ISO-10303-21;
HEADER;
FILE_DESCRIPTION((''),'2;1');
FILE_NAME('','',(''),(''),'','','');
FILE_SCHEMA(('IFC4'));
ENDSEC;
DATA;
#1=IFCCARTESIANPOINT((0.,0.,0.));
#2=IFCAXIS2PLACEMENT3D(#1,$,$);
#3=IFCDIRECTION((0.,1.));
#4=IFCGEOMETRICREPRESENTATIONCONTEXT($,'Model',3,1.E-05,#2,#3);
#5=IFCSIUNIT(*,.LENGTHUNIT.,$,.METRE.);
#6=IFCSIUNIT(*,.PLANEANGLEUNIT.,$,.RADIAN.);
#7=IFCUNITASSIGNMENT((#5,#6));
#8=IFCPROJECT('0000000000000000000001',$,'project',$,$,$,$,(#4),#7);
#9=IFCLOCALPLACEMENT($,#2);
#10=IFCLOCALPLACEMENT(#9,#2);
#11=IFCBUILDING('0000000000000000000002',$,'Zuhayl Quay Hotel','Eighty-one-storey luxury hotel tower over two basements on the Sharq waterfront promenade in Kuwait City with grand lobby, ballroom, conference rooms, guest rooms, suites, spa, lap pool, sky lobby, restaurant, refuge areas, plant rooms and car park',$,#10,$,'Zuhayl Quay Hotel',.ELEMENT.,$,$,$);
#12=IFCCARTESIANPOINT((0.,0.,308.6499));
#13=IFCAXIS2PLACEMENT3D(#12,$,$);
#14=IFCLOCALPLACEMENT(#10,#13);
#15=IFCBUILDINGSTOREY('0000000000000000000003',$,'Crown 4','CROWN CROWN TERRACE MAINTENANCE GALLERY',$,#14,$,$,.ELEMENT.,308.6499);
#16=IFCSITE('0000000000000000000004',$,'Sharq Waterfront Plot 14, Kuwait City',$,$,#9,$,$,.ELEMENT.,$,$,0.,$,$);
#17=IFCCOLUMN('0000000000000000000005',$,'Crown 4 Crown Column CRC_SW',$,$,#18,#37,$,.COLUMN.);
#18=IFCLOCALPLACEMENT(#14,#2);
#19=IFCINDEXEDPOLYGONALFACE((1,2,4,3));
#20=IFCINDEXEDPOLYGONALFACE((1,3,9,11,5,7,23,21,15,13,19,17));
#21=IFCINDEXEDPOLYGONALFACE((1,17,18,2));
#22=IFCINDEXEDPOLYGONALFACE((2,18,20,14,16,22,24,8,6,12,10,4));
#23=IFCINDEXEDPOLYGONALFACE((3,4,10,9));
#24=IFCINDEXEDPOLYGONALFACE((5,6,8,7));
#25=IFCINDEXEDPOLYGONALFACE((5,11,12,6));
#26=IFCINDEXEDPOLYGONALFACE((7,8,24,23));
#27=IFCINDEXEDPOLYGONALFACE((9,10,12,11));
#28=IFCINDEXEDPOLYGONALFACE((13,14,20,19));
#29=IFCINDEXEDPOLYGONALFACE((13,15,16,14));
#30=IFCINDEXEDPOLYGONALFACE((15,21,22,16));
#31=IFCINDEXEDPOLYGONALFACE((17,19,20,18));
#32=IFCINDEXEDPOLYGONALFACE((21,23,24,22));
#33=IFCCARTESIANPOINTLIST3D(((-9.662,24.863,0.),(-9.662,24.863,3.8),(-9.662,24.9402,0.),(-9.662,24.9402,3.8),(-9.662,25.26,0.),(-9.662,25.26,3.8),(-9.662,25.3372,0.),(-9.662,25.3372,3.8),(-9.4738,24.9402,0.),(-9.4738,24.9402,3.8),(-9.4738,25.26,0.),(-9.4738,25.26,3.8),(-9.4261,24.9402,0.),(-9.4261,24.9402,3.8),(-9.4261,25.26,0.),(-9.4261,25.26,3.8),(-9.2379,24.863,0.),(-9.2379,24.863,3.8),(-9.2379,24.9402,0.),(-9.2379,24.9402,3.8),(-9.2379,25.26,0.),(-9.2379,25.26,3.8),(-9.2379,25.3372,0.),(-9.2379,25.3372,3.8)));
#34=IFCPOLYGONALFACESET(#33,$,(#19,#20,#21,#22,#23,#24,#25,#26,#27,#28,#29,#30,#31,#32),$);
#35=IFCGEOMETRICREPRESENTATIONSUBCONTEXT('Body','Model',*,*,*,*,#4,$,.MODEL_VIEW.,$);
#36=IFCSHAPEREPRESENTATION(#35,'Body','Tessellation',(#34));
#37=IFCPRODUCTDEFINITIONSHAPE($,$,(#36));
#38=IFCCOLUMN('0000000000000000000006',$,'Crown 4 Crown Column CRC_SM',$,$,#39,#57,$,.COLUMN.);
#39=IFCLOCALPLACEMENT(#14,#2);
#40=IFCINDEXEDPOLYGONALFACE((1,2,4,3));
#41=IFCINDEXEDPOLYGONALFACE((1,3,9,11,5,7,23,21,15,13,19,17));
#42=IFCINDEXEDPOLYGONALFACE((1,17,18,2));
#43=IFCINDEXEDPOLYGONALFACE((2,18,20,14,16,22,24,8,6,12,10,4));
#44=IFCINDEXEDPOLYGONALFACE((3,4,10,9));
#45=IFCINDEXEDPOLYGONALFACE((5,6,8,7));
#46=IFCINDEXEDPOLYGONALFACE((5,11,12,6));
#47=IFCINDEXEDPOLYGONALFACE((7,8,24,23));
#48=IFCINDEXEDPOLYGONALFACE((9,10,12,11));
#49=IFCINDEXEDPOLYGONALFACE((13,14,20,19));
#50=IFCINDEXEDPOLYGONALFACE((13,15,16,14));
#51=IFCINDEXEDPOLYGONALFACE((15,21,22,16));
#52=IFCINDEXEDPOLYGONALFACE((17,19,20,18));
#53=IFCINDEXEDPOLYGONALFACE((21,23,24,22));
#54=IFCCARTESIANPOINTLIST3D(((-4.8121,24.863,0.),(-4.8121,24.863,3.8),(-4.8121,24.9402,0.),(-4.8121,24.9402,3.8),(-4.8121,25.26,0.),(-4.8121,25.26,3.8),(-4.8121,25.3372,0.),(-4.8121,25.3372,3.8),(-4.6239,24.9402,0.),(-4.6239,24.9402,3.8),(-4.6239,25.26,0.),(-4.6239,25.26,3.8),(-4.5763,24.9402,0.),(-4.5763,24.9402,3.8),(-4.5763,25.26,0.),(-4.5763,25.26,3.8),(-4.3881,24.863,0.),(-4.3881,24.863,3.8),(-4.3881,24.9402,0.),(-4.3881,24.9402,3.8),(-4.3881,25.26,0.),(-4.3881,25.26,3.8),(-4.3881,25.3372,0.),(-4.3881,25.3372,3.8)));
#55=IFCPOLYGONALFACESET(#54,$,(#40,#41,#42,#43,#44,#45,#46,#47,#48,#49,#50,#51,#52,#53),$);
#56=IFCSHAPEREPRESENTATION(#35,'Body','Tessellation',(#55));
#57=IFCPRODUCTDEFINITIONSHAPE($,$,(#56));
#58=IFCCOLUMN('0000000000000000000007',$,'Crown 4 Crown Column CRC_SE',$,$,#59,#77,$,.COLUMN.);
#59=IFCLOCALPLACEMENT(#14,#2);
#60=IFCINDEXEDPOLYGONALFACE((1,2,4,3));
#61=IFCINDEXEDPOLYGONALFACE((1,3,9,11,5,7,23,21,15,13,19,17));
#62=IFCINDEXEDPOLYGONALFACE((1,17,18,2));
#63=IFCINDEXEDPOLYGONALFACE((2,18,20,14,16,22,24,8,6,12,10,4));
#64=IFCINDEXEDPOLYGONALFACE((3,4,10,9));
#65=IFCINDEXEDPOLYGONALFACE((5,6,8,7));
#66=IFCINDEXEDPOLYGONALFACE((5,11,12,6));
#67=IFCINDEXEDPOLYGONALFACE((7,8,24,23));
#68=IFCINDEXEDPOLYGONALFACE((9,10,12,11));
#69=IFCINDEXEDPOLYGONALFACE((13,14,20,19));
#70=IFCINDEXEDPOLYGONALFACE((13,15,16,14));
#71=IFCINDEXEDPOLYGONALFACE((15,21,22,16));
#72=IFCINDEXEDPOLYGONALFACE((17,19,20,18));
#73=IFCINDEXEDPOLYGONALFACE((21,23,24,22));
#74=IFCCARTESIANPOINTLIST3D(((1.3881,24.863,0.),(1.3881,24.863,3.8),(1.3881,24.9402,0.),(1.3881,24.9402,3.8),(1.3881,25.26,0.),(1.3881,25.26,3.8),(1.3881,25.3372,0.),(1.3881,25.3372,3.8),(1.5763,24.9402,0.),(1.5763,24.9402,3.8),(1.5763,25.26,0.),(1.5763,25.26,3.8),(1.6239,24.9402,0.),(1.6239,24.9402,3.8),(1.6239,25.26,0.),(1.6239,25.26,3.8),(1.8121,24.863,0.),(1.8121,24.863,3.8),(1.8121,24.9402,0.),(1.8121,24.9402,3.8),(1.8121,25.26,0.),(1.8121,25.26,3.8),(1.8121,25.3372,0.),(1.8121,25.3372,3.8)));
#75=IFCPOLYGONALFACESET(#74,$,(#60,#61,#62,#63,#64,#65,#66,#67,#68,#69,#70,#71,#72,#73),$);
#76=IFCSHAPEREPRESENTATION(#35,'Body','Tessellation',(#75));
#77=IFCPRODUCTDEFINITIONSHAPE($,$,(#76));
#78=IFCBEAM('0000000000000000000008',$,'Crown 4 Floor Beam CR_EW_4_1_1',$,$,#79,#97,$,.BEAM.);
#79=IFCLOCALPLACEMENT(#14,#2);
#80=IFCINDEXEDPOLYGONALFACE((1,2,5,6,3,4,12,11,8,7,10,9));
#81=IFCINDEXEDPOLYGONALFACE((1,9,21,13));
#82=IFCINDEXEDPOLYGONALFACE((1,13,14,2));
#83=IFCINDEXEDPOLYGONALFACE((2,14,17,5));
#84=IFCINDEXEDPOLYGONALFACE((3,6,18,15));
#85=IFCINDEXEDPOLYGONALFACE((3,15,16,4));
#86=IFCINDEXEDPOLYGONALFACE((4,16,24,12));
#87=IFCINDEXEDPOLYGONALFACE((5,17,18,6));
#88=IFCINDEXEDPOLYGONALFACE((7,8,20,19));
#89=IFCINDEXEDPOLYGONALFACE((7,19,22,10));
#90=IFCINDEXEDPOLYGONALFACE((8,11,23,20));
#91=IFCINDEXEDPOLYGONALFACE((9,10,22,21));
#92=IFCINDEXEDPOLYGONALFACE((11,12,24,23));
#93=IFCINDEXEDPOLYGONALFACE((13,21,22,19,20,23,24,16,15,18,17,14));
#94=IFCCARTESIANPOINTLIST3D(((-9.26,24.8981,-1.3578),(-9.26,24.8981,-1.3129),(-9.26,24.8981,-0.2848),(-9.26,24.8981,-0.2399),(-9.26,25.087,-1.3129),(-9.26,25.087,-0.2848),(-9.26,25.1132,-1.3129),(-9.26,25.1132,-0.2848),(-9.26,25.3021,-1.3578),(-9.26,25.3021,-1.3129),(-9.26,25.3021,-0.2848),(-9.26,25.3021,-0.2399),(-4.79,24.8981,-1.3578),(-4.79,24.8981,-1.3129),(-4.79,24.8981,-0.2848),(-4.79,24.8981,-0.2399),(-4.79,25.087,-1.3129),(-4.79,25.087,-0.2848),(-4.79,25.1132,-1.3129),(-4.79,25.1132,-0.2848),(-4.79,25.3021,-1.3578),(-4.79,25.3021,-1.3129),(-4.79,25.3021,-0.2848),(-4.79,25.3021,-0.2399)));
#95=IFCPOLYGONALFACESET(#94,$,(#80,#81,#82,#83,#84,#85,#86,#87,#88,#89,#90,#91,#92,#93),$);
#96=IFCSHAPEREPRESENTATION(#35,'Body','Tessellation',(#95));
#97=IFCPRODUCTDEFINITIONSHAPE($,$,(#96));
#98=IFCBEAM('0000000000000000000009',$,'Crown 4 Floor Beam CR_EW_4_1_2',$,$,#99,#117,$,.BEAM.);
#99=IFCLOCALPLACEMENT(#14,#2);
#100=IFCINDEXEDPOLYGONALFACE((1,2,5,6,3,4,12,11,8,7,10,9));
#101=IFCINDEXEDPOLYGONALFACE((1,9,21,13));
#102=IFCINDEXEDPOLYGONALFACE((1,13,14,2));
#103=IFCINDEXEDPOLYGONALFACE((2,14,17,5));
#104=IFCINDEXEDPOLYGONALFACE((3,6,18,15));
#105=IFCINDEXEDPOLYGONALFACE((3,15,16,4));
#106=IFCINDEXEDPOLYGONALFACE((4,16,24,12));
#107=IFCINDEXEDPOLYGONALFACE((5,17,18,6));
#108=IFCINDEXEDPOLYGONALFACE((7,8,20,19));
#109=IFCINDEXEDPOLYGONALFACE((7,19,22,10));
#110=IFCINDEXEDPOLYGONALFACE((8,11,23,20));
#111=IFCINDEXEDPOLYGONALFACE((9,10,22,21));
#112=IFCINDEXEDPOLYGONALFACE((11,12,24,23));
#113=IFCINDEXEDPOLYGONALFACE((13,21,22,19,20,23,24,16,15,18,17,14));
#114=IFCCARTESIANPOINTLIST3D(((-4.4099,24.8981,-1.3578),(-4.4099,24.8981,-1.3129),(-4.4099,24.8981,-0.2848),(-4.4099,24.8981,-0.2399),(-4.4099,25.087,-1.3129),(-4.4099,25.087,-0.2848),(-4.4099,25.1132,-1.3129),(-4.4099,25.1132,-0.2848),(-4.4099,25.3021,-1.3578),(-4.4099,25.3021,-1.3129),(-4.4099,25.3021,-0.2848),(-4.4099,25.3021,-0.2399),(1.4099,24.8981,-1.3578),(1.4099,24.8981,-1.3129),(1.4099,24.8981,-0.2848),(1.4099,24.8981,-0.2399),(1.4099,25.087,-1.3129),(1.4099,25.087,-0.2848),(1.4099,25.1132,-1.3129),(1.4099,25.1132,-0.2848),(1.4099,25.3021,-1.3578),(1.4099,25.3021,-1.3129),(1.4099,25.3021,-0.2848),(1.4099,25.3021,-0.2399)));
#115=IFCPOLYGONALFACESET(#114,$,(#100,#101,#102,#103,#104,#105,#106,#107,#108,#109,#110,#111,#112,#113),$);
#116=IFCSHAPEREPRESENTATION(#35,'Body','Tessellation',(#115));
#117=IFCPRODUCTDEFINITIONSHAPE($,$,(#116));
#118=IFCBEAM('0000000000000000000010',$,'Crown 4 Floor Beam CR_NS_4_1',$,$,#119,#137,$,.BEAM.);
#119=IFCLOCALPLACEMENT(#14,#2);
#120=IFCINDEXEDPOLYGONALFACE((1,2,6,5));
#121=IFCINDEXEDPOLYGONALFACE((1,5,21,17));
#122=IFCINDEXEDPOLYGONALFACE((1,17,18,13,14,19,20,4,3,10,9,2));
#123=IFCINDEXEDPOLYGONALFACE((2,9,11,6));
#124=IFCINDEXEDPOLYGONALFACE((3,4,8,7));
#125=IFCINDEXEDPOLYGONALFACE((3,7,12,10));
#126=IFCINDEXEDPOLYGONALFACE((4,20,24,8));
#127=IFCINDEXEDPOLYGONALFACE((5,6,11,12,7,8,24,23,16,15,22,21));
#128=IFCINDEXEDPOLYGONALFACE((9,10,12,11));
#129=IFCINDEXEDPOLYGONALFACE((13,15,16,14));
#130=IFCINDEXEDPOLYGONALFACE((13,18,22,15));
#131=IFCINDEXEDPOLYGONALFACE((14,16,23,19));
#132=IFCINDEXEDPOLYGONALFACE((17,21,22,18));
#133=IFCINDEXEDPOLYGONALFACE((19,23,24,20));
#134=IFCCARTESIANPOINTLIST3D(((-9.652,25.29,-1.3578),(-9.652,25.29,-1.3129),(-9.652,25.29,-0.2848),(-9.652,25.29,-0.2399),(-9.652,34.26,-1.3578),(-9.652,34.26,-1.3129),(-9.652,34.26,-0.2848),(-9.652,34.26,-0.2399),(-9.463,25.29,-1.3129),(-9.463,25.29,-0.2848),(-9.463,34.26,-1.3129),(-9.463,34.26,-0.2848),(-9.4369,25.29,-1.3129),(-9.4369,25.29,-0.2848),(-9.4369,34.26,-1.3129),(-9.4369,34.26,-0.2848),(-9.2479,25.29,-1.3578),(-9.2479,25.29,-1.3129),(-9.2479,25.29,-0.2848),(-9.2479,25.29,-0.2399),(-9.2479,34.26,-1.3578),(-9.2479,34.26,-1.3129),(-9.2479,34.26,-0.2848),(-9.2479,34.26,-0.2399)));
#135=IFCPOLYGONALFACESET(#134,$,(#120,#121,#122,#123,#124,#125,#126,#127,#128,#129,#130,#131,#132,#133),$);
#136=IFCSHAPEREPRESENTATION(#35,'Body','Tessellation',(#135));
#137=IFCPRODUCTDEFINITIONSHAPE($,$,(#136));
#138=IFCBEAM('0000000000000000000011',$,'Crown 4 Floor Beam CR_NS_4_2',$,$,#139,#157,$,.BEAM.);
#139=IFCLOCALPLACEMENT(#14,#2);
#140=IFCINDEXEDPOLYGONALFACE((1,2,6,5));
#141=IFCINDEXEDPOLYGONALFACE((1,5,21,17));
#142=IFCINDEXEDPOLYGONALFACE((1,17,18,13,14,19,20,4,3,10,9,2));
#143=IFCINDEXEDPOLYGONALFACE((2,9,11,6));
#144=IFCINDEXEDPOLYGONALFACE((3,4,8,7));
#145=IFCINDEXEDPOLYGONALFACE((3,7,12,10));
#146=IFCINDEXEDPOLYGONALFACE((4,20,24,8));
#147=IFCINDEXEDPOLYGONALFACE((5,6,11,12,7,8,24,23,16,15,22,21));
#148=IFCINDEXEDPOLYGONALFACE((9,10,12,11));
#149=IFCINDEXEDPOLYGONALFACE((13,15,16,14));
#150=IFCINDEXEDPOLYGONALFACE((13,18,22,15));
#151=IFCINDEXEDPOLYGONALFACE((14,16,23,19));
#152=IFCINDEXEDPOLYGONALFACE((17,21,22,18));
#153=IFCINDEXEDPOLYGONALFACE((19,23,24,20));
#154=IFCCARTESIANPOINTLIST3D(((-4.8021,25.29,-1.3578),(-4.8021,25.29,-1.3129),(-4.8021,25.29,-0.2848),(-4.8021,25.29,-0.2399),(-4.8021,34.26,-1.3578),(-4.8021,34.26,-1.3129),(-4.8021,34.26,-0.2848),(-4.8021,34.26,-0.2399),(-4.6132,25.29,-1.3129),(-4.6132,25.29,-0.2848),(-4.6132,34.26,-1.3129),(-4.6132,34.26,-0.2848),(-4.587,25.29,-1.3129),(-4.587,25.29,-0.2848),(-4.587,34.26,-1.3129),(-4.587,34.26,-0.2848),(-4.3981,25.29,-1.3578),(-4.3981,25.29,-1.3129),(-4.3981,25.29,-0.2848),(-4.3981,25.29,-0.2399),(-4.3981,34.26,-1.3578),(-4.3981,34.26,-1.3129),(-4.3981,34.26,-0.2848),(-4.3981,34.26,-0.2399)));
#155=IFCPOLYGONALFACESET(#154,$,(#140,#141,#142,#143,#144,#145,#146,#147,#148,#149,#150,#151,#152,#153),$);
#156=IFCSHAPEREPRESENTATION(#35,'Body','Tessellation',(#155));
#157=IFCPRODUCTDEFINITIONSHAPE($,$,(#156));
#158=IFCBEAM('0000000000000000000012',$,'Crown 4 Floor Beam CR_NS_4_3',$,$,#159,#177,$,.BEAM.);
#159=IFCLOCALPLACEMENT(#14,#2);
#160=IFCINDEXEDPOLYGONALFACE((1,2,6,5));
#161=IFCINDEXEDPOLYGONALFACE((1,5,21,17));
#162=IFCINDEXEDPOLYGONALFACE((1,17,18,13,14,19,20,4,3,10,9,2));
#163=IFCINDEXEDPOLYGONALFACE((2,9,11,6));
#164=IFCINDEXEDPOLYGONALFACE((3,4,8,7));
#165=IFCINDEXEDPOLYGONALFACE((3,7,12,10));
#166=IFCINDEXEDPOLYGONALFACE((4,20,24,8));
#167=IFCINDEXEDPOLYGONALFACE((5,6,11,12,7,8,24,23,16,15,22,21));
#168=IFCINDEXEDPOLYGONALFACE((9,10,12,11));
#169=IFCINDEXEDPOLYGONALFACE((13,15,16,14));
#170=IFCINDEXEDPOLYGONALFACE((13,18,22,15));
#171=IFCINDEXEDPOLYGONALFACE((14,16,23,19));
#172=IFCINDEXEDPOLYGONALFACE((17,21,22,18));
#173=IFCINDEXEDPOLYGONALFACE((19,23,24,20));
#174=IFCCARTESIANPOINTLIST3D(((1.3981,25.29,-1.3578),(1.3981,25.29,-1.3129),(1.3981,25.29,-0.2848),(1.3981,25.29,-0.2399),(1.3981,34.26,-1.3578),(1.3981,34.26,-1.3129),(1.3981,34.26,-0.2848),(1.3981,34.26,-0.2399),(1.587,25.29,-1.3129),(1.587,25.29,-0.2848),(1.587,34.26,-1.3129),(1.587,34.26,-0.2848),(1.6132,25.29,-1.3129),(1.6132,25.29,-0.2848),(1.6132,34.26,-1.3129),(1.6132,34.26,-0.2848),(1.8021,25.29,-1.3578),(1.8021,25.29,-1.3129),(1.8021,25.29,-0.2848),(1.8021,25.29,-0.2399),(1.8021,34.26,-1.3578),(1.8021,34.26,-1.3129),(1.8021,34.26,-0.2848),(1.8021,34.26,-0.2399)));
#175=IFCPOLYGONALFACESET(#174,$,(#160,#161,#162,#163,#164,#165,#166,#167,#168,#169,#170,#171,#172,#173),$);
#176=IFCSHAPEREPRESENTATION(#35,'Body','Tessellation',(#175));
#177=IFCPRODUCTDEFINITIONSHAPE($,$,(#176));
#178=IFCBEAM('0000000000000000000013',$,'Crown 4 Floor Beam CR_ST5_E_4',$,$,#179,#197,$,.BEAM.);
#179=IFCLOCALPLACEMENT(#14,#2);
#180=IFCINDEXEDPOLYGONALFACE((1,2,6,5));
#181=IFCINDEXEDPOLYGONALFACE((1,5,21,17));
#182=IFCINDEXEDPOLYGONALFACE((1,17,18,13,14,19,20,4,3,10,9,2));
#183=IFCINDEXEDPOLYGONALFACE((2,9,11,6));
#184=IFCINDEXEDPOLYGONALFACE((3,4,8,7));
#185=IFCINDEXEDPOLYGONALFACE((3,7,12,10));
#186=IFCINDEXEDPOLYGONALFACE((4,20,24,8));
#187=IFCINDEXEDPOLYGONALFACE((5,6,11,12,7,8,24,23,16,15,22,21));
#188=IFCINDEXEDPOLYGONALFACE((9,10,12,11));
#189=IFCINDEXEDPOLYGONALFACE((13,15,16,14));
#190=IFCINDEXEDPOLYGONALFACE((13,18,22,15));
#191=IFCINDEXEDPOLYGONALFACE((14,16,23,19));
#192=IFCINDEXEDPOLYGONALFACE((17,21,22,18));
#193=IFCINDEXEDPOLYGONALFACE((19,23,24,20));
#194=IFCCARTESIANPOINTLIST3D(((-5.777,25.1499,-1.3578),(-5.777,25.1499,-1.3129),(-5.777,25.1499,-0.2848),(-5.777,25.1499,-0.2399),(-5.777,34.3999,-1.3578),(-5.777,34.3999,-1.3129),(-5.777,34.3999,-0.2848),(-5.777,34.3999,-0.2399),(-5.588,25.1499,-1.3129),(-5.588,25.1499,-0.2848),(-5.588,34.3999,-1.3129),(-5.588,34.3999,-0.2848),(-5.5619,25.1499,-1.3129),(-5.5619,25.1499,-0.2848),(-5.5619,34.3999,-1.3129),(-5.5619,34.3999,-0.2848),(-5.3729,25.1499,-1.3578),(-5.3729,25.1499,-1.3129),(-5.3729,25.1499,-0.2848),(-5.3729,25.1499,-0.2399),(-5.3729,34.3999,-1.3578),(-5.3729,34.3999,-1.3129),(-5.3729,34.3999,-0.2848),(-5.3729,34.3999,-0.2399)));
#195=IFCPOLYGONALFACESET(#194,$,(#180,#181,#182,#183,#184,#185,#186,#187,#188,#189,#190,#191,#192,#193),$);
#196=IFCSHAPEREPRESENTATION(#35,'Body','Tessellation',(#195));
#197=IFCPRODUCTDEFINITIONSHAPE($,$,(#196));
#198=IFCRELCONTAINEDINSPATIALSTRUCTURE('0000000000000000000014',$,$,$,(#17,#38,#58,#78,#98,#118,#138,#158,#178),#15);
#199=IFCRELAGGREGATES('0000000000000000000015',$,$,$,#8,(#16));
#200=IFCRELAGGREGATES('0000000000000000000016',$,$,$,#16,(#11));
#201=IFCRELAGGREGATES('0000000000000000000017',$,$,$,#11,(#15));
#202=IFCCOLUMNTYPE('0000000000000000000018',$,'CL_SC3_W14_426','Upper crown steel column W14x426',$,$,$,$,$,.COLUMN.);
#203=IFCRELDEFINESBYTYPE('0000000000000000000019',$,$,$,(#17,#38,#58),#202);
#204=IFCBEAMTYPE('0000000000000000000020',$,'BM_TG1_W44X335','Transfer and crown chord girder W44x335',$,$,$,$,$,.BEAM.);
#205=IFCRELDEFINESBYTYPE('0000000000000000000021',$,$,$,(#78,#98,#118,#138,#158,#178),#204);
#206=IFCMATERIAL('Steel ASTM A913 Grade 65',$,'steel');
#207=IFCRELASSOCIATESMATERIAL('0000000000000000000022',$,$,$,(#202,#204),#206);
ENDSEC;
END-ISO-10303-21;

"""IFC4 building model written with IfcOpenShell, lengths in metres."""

from ifc_helpers import new_model, si_unit, direction, frame, origin, origin_2d, place, context, subcontext, project, spatial, i_section, extrude, material, material_profile, profile_set, type_object, element, save


model = new_model("IFC4")

# Units and contexts
model_context = context("Model", 3, precision=1e-05, world=origin(), true_north=direction((0.0, 1.0)))
body_context = subcontext(model_context, "Body", "Model", "MODEL_VIEW")
ifc_project = project(units=[si_unit("LENGTHUNIT", "METRE"), si_unit("PLANEANGLEUNIT", "RADIAN")], contexts=[model_context])

# Site, building, storey
site_placement = place(None, origin())
site = spatial("IfcSite", under=ifc_project, at=site_placement, Name="Sharq Waterfront Plot 14, Kuwait City", CompositionType="ELEMENT", RefElevation=0.0)
building_placement = place(site_placement, origin())
building = spatial("IfcBuilding", under=site, at=building_placement, Name="Zuhayl Quay Hotel", Description="Eighty-one-storey luxury hotel tower over two basements on the Sharq waterfront promenade in Kuwait City with grand lobby, ballroom, conference rooms, guest rooms, suites, spa, lap pool, sky lobby, restaurant, refuge areas, plant rooms and car park", LongName="Zuhayl Quay Hotel", CompositionType="ELEMENT")
storey_placement = place(building_placement, frame((0.0, 0.0, 308.6499)))
storey = spatial("IfcBuildingStorey", under=building, at=storey_placement, Name="Crown 4", Description="CROWN CROWN TERRACE MAINTENANCE GALLERY", CompositionType="ELEMENT", Elevation=308.6499)

# Columns
ifc_material_1 = material(Name="Steel ASTM A913 Grade 65", Category="steel")
ifc_material_profile_1 = material_profile(ifc_material_1, i_section(OverallWidth=0.4241, OverallDepth=0.4741, WebThickness=0.0476, FlangeThickness=0.0771, at=origin_2d()), Name="W14X426")
ifc_profile_set_1 = profile_set([ifc_material_profile_1], Name="Steel ASTM A913 Grade 65")
column_type = type_object("IfcColumnType", Name="CL_SC3_W14_426", Description="Upper crown steel column W14x426", PredefinedType="COLUMN", material=ifc_profile_set_1)
for number, where, z_axis, x_axis, name in (
    (1, (-9.45, 25.1001, 0.0), (0.0, 0.0, 1.0), (1.0, 0.0, 0.0), "Crown 4 Crown Column CRC_SW"),
    (2, (-4.6001, 25.1001, 0.0), (0.0, 0.0, 1.0), (1.0, 0.0, 0.0), "Crown 4 Crown Column CRC_SM"),
    (3, (1.6001, 25.1001, 0.0), (0.0, 0.0, 1.0), (1.0, 0.0, 0.0), "Crown 4 Crown Column CRC_SE"),
):
    element("IfcColumn", number, at=place(storey_placement, frame(where, z_axis=z_axis, x_axis=x_axis)), inside=storey, type_object=column_type, Name=name, PredefinedType="COLUMN", context=body_context, shape_type="SweptSolid", body=[
        extrude(i_section(OverallWidth=0.4241, OverallDepth=0.4741, WebThickness=0.0476, FlangeThickness=0.0771, at=origin_2d()), origin(), (0.0, 0.0, 1.0), 3.8),
    ])

# Beams
ifc_material_profile_2 = material_profile(ifc_material_1, i_section(OverallWidth=0.4041, OverallDepth=1.1179, WebThickness=0.0261, FlangeThickness=0.0449, at=origin_2d()), Name="W44X335")
ifc_profile_set_2 = profile_set([ifc_material_profile_2], Name="Steel ASTM A913 Grade 65")
beam_type = type_object("IfcBeamType", Name="BM_TG1_W44X335", Description="Transfer and crown chord girder W44x335", PredefinedType="BEAM", material=ifc_profile_set_2)
beam_1_placement = place(storey_placement, frame((-9.26, 25.1001, -0.7988), z_axis=(1.0, 0.0, 0.0), x_axis=(0.0, 1.0, 0.0)))
element("IfcBeam", 4, at=beam_1_placement, inside=storey, type_object=beam_type, Name="Crown 4 Floor Beam CR_EW_4_1_1", PredefinedType="BEAM", context=body_context, shape_type="SweptSolid", body=[
    extrude(i_section(OverallWidth=0.4041, OverallDepth=1.1179, WebThickness=0.0261, FlangeThickness=0.0449, at=origin_2d()), origin(), (0.0, 0.0, 1.0), 4.47),
])
beam_2_placement = place(storey_placement, frame((-4.4099, 25.1001, -0.7988), z_axis=(1.0, 0.0, 0.0), x_axis=(0.0, 1.0, 0.0)))
element("IfcBeam", 5, at=beam_2_placement, inside=storey, type_object=beam_type, Name="Crown 4 Floor Beam CR_EW_4_1_2", PredefinedType="BEAM", context=body_context, shape_type="SweptSolid", body=[
    extrude(i_section(OverallWidth=0.4041, OverallDepth=1.1179, WebThickness=0.0261, FlangeThickness=0.0449, at=origin_2d()), origin(), (0.0, 0.0, 1.0), 5.8198),
])
for number, where, z_axis, x_axis, name in (
    (6, (-9.45, 25.29, -0.7988), (0.0, 1.0, 0.0), (-1.0, 0.0, 0.0), "Crown 4 Floor Beam CR_NS_4_1"),
    (7, (-4.6001, 25.29, -0.7988), (0.0, 1.0, 0.0), (-1.0, 0.0, 0.0), "Crown 4 Floor Beam CR_NS_4_2"),
    (8, (1.6001, 25.29, -0.7988), (0.0, 1.0, 0.0), (-1.0, 0.0, 0.0), "Crown 4 Floor Beam CR_NS_4_3"),
):
    element("IfcBeam", number, at=place(storey_placement, frame(where, z_axis=z_axis, x_axis=x_axis)), inside=storey, type_object=beam_type, Name=name, PredefinedType="BEAM", context=body_context, shape_type="SweptSolid", body=[
        extrude(i_section(OverallWidth=0.4041, OverallDepth=1.1179, WebThickness=0.0261, FlangeThickness=0.0449, at=origin_2d()), origin(), (0.0, 0.0, 1.0), 8.97),
    ])
for number, where, z_axis, x_axis, name in (
    (9, (-5.575, 25.1499, -0.7988), (0.0, 1.0, 0.0), (-1.0, 0.0, 0.0), "Crown 4 Floor Beam CR_ST5_E_4"),
):
    element("IfcBeam", number, at=place(storey_placement, frame(where, z_axis=z_axis, x_axis=x_axis)), inside=storey, type_object=beam_type, Name=name, PredefinedType="BEAM", context=body_context, shape_type="SweptSolid", body=[
        extrude(i_section(OverallWidth=0.4041, OverallDepth=1.1179, WebThickness=0.0261, FlangeThickness=0.0449, at=origin_2d()), origin(), (0.0, 0.0, 1.0), 9.25),
    ])

save(model, "model.ifc")
